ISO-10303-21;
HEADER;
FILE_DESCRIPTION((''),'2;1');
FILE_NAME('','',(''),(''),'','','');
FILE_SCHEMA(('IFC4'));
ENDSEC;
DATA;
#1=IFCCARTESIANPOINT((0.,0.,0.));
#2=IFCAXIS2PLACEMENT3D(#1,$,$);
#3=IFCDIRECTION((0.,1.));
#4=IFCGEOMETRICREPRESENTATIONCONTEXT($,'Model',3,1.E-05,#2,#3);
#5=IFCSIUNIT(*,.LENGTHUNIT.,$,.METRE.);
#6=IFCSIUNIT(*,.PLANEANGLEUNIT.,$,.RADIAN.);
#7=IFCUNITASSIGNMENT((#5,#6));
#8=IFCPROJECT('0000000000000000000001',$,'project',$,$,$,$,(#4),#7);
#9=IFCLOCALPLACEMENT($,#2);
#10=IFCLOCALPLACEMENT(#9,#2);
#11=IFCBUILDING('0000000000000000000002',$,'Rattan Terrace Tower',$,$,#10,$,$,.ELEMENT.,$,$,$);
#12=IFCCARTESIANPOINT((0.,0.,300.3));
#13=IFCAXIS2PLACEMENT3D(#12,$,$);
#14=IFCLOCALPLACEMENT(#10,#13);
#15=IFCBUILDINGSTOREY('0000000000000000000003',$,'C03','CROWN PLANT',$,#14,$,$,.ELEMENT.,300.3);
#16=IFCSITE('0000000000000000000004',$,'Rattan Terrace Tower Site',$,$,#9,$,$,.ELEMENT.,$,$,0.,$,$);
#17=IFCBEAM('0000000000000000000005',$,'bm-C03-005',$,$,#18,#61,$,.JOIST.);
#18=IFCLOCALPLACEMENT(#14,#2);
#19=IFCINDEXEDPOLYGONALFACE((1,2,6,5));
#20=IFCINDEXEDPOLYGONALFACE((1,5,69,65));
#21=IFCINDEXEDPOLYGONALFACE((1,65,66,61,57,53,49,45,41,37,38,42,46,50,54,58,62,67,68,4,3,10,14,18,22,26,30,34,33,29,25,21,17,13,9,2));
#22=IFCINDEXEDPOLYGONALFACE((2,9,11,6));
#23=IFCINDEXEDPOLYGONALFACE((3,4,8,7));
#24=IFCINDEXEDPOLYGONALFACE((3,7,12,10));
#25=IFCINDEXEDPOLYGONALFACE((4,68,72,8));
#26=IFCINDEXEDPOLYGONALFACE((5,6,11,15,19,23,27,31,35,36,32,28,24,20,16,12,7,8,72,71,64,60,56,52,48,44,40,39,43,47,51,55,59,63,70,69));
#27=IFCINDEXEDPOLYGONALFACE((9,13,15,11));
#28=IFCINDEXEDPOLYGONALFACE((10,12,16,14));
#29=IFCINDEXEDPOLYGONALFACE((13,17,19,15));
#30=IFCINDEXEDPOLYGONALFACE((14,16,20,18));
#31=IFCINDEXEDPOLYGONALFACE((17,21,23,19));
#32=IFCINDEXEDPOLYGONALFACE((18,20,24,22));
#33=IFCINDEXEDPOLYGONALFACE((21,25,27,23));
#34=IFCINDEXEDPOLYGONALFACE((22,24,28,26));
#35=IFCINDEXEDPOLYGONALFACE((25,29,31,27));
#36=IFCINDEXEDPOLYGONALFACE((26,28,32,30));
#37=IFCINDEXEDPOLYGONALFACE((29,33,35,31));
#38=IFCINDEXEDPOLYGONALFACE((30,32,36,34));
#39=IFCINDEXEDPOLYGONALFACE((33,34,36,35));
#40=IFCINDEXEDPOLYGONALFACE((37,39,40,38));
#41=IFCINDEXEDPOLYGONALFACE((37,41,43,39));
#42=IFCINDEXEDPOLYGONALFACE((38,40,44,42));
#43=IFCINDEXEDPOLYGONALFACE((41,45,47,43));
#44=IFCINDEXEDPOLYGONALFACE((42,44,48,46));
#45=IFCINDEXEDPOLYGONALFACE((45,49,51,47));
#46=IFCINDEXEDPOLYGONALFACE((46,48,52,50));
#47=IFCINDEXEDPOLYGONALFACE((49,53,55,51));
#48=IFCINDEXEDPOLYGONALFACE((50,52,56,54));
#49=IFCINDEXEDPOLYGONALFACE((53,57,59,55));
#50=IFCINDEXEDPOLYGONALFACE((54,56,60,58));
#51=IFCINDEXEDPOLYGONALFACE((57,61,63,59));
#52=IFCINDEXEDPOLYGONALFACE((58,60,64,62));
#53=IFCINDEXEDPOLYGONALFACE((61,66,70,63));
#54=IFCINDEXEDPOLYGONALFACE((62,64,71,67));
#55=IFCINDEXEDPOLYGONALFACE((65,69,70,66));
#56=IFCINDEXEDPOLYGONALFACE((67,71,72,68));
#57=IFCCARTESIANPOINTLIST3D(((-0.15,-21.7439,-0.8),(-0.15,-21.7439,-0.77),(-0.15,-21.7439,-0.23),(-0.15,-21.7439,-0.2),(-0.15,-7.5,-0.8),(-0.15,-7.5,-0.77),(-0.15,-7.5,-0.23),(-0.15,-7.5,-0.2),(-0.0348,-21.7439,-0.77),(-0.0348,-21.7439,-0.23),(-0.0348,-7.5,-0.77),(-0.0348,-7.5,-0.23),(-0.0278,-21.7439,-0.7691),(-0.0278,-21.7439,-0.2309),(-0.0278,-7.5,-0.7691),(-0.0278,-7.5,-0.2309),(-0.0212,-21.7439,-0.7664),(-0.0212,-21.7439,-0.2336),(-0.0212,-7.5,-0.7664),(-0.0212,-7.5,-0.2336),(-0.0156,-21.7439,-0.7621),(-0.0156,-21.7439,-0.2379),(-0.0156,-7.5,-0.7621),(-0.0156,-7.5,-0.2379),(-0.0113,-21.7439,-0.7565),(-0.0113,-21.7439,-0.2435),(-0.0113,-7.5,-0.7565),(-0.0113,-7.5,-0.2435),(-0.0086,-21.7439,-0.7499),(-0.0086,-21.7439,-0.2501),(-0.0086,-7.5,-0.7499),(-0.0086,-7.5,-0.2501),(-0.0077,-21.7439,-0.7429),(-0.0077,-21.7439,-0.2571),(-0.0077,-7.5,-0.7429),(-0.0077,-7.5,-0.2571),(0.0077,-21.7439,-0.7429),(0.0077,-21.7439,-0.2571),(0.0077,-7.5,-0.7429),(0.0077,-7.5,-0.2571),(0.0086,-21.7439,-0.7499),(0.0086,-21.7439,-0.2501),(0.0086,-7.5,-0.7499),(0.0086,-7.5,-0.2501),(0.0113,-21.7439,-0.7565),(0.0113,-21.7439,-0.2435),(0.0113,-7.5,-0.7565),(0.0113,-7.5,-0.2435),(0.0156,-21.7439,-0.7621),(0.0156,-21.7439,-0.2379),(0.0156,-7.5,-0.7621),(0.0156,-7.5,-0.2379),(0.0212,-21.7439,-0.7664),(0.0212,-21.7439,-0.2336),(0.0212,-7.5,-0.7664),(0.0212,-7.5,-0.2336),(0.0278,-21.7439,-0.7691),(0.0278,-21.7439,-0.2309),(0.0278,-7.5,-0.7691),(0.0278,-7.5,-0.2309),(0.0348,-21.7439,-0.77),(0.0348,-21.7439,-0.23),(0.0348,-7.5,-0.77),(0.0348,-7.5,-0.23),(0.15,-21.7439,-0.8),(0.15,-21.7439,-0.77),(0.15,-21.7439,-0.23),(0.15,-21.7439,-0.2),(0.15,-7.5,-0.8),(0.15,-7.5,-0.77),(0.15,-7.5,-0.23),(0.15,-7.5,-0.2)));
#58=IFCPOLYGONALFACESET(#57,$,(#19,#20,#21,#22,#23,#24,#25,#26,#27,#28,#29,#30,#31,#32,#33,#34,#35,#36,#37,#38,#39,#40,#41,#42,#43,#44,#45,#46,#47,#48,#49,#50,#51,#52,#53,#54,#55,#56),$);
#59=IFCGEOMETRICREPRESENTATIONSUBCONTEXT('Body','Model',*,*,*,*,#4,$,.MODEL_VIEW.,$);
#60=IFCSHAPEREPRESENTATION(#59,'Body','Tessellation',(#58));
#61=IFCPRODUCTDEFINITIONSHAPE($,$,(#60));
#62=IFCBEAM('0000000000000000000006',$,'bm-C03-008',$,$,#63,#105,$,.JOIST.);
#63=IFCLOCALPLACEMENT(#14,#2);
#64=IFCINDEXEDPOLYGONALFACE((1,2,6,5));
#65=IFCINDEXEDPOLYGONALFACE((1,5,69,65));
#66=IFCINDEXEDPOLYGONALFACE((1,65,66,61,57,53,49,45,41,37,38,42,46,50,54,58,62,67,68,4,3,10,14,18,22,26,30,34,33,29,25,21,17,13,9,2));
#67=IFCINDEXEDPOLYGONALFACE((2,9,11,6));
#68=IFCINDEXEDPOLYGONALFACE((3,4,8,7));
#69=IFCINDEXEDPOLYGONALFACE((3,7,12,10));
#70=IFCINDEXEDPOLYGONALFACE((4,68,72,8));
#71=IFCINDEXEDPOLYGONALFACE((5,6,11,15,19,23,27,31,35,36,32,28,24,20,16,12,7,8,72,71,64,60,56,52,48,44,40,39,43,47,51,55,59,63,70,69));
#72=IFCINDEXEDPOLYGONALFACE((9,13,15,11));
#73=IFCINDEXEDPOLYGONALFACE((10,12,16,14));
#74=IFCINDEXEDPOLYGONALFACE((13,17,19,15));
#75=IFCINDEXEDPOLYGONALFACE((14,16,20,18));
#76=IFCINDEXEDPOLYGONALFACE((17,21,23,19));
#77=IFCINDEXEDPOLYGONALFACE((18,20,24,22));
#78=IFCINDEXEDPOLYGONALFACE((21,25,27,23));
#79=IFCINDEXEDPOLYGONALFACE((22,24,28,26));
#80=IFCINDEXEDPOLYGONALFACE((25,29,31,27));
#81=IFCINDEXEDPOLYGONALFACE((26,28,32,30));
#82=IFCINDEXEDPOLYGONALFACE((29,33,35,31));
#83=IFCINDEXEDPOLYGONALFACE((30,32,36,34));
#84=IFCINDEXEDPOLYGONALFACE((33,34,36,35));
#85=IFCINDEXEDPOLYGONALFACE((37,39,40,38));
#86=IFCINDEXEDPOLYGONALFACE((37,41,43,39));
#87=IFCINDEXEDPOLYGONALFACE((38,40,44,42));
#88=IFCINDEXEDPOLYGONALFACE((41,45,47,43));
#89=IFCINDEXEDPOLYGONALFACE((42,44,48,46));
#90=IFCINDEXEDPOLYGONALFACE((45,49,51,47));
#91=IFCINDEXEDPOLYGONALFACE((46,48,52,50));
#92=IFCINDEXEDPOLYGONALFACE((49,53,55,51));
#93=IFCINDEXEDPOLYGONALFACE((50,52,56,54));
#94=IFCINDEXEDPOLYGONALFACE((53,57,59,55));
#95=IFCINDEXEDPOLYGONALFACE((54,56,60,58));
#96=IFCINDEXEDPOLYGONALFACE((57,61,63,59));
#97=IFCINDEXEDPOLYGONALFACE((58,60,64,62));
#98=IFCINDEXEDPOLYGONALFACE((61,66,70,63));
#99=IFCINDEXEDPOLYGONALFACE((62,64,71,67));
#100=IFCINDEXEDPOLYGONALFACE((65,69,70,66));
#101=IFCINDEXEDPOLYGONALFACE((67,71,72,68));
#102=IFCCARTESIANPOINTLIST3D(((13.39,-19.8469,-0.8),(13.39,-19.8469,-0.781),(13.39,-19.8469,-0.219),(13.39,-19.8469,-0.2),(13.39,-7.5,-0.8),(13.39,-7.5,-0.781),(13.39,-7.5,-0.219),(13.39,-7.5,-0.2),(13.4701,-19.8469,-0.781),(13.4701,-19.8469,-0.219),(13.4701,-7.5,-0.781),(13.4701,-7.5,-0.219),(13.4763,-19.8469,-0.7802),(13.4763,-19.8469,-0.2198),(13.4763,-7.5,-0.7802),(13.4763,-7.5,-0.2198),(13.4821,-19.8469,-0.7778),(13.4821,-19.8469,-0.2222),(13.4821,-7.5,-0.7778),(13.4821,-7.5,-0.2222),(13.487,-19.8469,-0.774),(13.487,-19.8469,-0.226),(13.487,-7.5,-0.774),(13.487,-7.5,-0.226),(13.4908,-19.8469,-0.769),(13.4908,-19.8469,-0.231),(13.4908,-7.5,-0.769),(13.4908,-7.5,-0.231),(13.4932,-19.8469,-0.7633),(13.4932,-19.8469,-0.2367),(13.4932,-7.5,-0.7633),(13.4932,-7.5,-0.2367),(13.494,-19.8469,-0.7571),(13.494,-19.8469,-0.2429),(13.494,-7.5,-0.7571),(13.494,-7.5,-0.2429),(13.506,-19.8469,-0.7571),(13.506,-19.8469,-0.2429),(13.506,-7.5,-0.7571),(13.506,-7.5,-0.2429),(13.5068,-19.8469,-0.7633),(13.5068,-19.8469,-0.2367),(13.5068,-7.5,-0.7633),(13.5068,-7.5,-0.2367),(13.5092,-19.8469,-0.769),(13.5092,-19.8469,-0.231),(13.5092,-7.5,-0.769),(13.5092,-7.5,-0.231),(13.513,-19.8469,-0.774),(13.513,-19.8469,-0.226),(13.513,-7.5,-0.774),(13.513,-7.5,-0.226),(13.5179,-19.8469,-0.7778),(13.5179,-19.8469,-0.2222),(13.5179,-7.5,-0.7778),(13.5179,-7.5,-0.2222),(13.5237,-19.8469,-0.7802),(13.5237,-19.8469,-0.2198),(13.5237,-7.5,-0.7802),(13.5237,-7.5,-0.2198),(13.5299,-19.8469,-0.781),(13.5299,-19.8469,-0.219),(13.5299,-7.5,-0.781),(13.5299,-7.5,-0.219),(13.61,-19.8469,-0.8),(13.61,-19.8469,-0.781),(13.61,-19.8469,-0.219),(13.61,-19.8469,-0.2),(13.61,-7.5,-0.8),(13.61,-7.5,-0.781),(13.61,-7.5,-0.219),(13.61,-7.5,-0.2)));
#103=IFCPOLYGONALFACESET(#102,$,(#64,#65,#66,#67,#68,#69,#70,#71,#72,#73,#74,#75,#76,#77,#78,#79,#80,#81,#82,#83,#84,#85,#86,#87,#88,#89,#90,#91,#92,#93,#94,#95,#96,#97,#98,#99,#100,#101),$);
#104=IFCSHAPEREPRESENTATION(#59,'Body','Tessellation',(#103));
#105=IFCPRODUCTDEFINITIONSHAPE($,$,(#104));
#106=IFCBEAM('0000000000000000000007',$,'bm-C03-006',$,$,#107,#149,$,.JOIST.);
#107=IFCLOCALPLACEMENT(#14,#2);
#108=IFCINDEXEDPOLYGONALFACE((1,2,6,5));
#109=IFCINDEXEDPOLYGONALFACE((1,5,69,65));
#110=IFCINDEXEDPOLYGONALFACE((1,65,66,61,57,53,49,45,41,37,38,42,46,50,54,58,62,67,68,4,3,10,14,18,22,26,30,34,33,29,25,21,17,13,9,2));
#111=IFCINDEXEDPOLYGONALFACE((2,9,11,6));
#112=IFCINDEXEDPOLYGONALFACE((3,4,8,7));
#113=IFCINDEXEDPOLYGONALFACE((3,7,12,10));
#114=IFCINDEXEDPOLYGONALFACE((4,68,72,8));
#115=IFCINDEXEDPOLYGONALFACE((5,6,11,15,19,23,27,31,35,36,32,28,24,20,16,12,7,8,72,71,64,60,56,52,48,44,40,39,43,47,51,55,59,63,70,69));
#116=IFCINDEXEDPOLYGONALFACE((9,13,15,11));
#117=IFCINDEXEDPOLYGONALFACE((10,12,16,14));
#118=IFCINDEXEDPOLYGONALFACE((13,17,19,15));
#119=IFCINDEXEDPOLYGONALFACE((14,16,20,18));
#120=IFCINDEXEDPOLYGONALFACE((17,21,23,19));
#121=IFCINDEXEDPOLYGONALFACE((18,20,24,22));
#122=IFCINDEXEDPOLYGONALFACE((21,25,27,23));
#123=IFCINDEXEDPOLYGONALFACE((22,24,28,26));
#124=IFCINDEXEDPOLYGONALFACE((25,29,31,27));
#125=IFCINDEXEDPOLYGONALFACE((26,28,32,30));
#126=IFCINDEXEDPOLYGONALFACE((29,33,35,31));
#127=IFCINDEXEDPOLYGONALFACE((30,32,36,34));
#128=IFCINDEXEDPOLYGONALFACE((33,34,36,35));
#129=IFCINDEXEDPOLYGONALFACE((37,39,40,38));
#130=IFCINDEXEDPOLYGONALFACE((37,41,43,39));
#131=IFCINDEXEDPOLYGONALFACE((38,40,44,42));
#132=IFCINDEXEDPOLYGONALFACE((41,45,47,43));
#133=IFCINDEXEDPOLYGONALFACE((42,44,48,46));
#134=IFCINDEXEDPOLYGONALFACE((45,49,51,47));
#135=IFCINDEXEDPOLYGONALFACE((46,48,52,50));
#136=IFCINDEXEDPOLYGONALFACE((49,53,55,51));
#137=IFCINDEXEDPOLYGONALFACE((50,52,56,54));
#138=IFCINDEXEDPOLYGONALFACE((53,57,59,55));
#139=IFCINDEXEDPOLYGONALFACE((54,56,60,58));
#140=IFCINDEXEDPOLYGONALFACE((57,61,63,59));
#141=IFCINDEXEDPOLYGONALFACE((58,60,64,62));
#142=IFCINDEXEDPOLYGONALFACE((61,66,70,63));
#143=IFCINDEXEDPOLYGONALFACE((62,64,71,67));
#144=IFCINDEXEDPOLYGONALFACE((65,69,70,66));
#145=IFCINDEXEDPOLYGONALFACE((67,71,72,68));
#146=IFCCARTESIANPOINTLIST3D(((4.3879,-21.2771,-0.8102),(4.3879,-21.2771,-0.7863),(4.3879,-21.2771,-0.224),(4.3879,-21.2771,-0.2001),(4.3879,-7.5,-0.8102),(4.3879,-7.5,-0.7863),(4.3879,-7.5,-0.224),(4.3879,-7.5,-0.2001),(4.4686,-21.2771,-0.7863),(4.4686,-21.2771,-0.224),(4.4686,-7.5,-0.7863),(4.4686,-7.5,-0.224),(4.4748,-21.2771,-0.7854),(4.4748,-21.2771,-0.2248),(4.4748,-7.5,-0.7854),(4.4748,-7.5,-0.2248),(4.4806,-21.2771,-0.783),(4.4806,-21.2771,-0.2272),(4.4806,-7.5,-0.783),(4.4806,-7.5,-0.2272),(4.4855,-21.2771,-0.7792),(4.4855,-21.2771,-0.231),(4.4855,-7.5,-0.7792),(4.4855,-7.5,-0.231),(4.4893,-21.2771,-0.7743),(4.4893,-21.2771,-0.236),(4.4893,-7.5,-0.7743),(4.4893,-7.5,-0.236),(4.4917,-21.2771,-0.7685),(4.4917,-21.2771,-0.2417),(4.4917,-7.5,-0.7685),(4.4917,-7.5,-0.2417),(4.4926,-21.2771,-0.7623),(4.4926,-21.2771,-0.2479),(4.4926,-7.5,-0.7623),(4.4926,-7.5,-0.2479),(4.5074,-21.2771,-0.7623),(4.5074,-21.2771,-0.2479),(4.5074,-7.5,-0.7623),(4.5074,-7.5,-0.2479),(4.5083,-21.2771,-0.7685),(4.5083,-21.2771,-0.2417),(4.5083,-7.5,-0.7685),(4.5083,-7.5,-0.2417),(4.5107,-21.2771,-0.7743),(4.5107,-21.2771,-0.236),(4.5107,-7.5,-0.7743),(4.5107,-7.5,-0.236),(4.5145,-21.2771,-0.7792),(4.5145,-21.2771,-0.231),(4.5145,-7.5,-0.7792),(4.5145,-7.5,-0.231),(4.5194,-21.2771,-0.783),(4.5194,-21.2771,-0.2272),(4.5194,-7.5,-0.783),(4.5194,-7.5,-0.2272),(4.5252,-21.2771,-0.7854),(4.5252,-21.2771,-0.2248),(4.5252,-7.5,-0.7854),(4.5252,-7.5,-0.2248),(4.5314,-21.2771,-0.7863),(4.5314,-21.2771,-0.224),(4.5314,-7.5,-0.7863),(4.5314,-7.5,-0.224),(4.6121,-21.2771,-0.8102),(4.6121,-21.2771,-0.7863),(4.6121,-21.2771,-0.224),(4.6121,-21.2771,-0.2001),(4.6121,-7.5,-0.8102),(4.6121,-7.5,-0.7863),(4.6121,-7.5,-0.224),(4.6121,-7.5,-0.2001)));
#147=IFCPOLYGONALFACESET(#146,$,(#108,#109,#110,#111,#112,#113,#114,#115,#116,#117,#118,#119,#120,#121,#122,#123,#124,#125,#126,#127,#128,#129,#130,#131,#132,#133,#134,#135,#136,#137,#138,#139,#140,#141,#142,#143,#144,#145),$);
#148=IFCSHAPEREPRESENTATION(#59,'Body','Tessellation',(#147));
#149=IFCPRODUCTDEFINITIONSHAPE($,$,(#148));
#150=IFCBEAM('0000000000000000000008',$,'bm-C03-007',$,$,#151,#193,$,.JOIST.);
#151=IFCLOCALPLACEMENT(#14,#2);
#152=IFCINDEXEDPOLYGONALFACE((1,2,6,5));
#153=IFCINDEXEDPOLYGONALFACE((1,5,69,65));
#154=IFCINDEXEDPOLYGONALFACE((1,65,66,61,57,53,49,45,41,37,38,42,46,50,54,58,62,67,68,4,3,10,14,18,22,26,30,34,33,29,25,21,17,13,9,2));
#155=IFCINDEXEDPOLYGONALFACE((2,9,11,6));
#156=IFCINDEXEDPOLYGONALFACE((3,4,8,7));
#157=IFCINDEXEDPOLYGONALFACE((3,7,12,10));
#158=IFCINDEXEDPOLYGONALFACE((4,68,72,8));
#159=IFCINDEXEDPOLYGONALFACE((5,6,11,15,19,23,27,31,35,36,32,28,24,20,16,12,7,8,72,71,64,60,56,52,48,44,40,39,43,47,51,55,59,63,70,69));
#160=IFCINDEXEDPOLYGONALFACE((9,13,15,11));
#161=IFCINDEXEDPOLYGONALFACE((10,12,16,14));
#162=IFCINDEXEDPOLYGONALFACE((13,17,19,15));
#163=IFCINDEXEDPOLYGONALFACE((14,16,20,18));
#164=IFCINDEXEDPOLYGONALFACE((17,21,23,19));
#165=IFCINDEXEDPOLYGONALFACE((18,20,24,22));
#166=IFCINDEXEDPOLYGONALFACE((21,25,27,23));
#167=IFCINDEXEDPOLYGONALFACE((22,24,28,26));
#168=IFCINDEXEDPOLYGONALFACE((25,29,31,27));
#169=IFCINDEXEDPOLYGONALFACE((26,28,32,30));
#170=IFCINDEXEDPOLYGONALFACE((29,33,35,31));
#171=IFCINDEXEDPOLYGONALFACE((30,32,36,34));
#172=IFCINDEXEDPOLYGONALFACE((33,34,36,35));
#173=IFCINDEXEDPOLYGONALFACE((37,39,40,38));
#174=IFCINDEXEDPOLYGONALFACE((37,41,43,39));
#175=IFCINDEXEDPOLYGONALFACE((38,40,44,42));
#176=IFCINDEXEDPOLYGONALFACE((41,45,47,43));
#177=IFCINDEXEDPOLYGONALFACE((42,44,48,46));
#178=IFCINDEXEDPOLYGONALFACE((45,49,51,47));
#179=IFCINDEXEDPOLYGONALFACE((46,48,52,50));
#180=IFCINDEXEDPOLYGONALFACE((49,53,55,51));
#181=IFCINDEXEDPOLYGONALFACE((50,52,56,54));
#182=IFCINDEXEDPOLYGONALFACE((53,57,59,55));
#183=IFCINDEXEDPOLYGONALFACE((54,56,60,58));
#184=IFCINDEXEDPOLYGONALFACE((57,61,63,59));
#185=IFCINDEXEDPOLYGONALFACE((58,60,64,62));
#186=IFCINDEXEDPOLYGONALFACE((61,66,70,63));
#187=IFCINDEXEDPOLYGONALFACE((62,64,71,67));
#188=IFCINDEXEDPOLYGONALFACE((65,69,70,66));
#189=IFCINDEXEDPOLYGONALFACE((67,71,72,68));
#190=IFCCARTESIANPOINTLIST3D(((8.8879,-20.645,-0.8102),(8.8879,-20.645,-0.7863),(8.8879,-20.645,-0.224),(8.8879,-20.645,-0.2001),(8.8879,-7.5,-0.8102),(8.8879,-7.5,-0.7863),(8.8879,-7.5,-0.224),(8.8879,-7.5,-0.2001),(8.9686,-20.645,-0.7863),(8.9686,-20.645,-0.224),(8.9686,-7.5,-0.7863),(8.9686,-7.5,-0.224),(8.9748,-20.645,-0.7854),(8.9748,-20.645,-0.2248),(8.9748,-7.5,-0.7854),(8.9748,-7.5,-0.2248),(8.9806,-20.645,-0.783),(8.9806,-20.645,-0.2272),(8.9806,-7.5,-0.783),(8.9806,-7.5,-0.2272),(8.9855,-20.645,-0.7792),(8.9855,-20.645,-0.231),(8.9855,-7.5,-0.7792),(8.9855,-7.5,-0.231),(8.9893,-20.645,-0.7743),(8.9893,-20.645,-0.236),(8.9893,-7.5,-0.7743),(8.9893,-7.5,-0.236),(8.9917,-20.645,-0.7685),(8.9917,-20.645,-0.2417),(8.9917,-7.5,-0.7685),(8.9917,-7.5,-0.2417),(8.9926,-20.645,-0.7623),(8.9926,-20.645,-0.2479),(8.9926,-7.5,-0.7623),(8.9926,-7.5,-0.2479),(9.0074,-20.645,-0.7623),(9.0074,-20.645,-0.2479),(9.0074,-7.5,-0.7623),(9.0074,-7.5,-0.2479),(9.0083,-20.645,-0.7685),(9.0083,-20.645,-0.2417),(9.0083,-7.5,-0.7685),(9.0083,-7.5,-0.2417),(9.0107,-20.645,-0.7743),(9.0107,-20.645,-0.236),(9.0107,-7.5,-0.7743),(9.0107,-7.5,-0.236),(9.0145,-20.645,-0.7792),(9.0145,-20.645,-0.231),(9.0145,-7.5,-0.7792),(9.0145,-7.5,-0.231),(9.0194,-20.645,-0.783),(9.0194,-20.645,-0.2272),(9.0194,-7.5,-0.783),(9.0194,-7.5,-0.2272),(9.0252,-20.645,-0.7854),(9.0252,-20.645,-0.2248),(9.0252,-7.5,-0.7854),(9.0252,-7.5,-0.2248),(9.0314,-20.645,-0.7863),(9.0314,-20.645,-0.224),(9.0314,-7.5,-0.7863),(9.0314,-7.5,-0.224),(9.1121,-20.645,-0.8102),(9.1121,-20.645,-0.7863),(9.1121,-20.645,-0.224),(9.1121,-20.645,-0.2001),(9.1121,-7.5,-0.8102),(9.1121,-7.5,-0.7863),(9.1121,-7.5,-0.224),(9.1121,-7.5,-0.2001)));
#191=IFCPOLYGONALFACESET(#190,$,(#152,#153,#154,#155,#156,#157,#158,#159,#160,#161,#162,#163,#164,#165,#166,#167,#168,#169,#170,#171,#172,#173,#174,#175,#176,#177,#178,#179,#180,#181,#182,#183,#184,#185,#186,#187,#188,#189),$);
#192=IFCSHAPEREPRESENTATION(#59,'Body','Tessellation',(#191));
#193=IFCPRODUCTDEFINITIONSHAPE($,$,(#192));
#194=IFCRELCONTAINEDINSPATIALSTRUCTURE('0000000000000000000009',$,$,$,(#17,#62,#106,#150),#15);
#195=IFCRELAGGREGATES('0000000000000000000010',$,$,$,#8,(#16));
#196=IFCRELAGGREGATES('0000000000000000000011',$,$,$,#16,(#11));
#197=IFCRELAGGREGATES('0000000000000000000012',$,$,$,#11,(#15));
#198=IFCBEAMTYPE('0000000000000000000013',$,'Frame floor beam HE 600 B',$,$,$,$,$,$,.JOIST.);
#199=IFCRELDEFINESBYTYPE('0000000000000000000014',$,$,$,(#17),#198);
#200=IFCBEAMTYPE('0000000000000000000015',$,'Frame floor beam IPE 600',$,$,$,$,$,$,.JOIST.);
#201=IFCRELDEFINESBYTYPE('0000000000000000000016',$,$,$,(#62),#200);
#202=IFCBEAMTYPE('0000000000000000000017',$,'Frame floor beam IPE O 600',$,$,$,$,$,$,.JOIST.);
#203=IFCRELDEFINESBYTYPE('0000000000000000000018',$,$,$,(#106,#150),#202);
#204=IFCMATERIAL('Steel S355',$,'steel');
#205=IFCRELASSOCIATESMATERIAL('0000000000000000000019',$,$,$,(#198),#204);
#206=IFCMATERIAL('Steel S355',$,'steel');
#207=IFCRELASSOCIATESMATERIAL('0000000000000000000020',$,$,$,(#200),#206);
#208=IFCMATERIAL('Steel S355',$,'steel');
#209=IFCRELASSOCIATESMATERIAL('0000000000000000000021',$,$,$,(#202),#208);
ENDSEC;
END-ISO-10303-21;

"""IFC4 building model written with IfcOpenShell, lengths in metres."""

from ifc_helpers import new_model, si_unit, direction, frame, origin, origin_2d, place, context, subcontext, project, spatial, i_section, extrude, material, material_profile, profile_set, type_object, element, save


model = new_model("IFC4")

# Units and contexts
model_context = context("Model", 3, precision=1e-05, world=origin(), true_north=direction((0.0, 1.0)))
body_context = subcontext(model_context, "Body", "Model", "MODEL_VIEW")
ifc_project = project(units=[si_unit("LENGTHUNIT", "METRE"), si_unit("PLANEANGLEUNIT", "RADIAN")], contexts=[model_context])

# Site, building, storey
site_placement = place(None, origin())
site = spatial("IfcSite", under=ifc_project, at=site_placement, Name="Rattan Terrace Tower Site", CompositionType="ELEMENT", RefElevation=0.0)
building_placement = place(site_placement, origin())
building = spatial("IfcBuilding", under=site, at=building_placement, Name="Rattan Terrace Tower", CompositionType="ELEMENT")
storey_placement = place(building_placement, frame((0.0, 0.0, 300.3)))
storey = spatial("IfcBuildingStorey", under=building, at=storey_placement, Name="C03", Description="CROWN PLANT", CompositionType="ELEMENT", Elevation=300.3)

# Beams
ifc_material_1 = material(Name="Steel S355", Category="steel")
ifc_material_profile_1 = material_profile(ifc_material_1, i_section(OverallWidth=0.3, OverallDepth=0.6001, WebThickness=0.0154, FlangeThickness=0.03, FilletRadius=0.0271, at=origin_2d()), Name="HE 600 B")
ifc_profile_set_1 = profile_set([ifc_material_profile_1], Name="Steel S355")
beam_type_1 = type_object("IfcBeamType", Name="Frame floor beam HE 600 B", PredefinedType="JOIST", material=ifc_profile_set_1)
beam_1_placement = place(storey_placement, frame((0.0, -21.7439, -0.5), z_axis=(0.0, 1.0, 0.0), x_axis=(-1.0, 0.0, 0.0)))
element("IfcBeam", 1, at=beam_1_placement, inside=storey, type_object=beam_type_1, Name="bm-C03-005", PredefinedType="JOIST", context=body_context, shape_type="SweptSolid", body=[
    extrude(i_section(OverallWidth=0.3, OverallDepth=0.6001, WebThickness=0.0154, FlangeThickness=0.03, FilletRadius=0.0271, at=origin_2d()), origin(), (0.0, 0.0, 1.0), 14.2439),
])
ifc_material_2 = material(Name="Steel S355", Category="steel")
ifc_material_profile_2 = material_profile(ifc_material_2, i_section(OverallWidth=0.22, OverallDepth=0.6001, WebThickness=0.012, FlangeThickness=0.019, FilletRadius=0.0239, at=origin_2d()), Name="IPE 600")
ifc_profile_set_2 = profile_set([ifc_material_profile_2], Name="Steel S355")
beam_type_2 = type_object("IfcBeamType", Name="Frame floor beam IPE 600", PredefinedType="JOIST", material=ifc_profile_set_2)
beam_2_placement = place(storey_placement, frame((13.5, -19.8469, -0.5), z_axis=(0.0, 1.0, 0.0), x_axis=(-1.0, 0.0, 0.0)))
element("IfcBeam", 2, at=beam_2_placement, inside=storey, type_object=beam_type_2, Name="bm-C03-008", PredefinedType="JOIST", context=body_context, shape_type="SweptSolid", body=[
    extrude(i_section(OverallWidth=0.22, OverallDepth=0.6001, WebThickness=0.012, FlangeThickness=0.019, FilletRadius=0.0239, at=origin_2d()), origin(), (0.0, 0.0, 1.0), 12.3469),
])
ifc_material_3 = material(Name="Steel S355", Category="steel")
ifc_material_profile_3 = material_profile(ifc_material_3, i_section(OverallWidth=0.2241, OverallDepth=0.6101, WebThickness=0.0149, FlangeThickness=0.0239, FilletRadius=0.0239, at=origin_2d()), Name="IPE O 600")
ifc_profile_set_3 = profile_set([ifc_material_profile_3], Name="Steel S355")
beam_type_3 = type_object("IfcBeamType", Name="Frame floor beam IPE O 600", PredefinedType="JOIST", material=ifc_profile_set_3)
beam_3_placement = place(storey_placement, frame((4.5, -21.2771, -0.5051), z_axis=(0.0, 1.0, 0.0), x_axis=(-1.0, 0.0, 0.0)))
element("IfcBeam", 3, at=beam_3_placement, inside=storey, type_object=beam_type_3, Name="bm-C03-006", PredefinedType="JOIST", context=body_context, shape_type="SweptSolid", body=[
    extrude(i_section(OverallWidth=0.2241, OverallDepth=0.6101, WebThickness=0.0149, FlangeThickness=0.0239, FilletRadius=0.0239, at=origin_2d()), origin(), (0.0, 0.0, 1.0), 13.7771),
])
beam_4_placement = place(storey_placement, frame((9.0, -20.645, -0.5051), z_axis=(0.0, 1.0, 0.0), x_axis=(-1.0, 0.0, 0.0)))
element("IfcBeam", 4, at=beam_4_placement, inside=storey, type_object=beam_type_3, Name="bm-C03-007", PredefinedType="JOIST", context=body_context, shape_type="SweptSolid", body=[
    extrude(i_section(OverallWidth=0.2241, OverallDepth=0.6101, WebThickness=0.0149, FlangeThickness=0.0239, FilletRadius=0.0239, at=origin_2d()), origin(), (0.0, 0.0, 1.0), 13.145),
])

save(model, "model.ifc")
